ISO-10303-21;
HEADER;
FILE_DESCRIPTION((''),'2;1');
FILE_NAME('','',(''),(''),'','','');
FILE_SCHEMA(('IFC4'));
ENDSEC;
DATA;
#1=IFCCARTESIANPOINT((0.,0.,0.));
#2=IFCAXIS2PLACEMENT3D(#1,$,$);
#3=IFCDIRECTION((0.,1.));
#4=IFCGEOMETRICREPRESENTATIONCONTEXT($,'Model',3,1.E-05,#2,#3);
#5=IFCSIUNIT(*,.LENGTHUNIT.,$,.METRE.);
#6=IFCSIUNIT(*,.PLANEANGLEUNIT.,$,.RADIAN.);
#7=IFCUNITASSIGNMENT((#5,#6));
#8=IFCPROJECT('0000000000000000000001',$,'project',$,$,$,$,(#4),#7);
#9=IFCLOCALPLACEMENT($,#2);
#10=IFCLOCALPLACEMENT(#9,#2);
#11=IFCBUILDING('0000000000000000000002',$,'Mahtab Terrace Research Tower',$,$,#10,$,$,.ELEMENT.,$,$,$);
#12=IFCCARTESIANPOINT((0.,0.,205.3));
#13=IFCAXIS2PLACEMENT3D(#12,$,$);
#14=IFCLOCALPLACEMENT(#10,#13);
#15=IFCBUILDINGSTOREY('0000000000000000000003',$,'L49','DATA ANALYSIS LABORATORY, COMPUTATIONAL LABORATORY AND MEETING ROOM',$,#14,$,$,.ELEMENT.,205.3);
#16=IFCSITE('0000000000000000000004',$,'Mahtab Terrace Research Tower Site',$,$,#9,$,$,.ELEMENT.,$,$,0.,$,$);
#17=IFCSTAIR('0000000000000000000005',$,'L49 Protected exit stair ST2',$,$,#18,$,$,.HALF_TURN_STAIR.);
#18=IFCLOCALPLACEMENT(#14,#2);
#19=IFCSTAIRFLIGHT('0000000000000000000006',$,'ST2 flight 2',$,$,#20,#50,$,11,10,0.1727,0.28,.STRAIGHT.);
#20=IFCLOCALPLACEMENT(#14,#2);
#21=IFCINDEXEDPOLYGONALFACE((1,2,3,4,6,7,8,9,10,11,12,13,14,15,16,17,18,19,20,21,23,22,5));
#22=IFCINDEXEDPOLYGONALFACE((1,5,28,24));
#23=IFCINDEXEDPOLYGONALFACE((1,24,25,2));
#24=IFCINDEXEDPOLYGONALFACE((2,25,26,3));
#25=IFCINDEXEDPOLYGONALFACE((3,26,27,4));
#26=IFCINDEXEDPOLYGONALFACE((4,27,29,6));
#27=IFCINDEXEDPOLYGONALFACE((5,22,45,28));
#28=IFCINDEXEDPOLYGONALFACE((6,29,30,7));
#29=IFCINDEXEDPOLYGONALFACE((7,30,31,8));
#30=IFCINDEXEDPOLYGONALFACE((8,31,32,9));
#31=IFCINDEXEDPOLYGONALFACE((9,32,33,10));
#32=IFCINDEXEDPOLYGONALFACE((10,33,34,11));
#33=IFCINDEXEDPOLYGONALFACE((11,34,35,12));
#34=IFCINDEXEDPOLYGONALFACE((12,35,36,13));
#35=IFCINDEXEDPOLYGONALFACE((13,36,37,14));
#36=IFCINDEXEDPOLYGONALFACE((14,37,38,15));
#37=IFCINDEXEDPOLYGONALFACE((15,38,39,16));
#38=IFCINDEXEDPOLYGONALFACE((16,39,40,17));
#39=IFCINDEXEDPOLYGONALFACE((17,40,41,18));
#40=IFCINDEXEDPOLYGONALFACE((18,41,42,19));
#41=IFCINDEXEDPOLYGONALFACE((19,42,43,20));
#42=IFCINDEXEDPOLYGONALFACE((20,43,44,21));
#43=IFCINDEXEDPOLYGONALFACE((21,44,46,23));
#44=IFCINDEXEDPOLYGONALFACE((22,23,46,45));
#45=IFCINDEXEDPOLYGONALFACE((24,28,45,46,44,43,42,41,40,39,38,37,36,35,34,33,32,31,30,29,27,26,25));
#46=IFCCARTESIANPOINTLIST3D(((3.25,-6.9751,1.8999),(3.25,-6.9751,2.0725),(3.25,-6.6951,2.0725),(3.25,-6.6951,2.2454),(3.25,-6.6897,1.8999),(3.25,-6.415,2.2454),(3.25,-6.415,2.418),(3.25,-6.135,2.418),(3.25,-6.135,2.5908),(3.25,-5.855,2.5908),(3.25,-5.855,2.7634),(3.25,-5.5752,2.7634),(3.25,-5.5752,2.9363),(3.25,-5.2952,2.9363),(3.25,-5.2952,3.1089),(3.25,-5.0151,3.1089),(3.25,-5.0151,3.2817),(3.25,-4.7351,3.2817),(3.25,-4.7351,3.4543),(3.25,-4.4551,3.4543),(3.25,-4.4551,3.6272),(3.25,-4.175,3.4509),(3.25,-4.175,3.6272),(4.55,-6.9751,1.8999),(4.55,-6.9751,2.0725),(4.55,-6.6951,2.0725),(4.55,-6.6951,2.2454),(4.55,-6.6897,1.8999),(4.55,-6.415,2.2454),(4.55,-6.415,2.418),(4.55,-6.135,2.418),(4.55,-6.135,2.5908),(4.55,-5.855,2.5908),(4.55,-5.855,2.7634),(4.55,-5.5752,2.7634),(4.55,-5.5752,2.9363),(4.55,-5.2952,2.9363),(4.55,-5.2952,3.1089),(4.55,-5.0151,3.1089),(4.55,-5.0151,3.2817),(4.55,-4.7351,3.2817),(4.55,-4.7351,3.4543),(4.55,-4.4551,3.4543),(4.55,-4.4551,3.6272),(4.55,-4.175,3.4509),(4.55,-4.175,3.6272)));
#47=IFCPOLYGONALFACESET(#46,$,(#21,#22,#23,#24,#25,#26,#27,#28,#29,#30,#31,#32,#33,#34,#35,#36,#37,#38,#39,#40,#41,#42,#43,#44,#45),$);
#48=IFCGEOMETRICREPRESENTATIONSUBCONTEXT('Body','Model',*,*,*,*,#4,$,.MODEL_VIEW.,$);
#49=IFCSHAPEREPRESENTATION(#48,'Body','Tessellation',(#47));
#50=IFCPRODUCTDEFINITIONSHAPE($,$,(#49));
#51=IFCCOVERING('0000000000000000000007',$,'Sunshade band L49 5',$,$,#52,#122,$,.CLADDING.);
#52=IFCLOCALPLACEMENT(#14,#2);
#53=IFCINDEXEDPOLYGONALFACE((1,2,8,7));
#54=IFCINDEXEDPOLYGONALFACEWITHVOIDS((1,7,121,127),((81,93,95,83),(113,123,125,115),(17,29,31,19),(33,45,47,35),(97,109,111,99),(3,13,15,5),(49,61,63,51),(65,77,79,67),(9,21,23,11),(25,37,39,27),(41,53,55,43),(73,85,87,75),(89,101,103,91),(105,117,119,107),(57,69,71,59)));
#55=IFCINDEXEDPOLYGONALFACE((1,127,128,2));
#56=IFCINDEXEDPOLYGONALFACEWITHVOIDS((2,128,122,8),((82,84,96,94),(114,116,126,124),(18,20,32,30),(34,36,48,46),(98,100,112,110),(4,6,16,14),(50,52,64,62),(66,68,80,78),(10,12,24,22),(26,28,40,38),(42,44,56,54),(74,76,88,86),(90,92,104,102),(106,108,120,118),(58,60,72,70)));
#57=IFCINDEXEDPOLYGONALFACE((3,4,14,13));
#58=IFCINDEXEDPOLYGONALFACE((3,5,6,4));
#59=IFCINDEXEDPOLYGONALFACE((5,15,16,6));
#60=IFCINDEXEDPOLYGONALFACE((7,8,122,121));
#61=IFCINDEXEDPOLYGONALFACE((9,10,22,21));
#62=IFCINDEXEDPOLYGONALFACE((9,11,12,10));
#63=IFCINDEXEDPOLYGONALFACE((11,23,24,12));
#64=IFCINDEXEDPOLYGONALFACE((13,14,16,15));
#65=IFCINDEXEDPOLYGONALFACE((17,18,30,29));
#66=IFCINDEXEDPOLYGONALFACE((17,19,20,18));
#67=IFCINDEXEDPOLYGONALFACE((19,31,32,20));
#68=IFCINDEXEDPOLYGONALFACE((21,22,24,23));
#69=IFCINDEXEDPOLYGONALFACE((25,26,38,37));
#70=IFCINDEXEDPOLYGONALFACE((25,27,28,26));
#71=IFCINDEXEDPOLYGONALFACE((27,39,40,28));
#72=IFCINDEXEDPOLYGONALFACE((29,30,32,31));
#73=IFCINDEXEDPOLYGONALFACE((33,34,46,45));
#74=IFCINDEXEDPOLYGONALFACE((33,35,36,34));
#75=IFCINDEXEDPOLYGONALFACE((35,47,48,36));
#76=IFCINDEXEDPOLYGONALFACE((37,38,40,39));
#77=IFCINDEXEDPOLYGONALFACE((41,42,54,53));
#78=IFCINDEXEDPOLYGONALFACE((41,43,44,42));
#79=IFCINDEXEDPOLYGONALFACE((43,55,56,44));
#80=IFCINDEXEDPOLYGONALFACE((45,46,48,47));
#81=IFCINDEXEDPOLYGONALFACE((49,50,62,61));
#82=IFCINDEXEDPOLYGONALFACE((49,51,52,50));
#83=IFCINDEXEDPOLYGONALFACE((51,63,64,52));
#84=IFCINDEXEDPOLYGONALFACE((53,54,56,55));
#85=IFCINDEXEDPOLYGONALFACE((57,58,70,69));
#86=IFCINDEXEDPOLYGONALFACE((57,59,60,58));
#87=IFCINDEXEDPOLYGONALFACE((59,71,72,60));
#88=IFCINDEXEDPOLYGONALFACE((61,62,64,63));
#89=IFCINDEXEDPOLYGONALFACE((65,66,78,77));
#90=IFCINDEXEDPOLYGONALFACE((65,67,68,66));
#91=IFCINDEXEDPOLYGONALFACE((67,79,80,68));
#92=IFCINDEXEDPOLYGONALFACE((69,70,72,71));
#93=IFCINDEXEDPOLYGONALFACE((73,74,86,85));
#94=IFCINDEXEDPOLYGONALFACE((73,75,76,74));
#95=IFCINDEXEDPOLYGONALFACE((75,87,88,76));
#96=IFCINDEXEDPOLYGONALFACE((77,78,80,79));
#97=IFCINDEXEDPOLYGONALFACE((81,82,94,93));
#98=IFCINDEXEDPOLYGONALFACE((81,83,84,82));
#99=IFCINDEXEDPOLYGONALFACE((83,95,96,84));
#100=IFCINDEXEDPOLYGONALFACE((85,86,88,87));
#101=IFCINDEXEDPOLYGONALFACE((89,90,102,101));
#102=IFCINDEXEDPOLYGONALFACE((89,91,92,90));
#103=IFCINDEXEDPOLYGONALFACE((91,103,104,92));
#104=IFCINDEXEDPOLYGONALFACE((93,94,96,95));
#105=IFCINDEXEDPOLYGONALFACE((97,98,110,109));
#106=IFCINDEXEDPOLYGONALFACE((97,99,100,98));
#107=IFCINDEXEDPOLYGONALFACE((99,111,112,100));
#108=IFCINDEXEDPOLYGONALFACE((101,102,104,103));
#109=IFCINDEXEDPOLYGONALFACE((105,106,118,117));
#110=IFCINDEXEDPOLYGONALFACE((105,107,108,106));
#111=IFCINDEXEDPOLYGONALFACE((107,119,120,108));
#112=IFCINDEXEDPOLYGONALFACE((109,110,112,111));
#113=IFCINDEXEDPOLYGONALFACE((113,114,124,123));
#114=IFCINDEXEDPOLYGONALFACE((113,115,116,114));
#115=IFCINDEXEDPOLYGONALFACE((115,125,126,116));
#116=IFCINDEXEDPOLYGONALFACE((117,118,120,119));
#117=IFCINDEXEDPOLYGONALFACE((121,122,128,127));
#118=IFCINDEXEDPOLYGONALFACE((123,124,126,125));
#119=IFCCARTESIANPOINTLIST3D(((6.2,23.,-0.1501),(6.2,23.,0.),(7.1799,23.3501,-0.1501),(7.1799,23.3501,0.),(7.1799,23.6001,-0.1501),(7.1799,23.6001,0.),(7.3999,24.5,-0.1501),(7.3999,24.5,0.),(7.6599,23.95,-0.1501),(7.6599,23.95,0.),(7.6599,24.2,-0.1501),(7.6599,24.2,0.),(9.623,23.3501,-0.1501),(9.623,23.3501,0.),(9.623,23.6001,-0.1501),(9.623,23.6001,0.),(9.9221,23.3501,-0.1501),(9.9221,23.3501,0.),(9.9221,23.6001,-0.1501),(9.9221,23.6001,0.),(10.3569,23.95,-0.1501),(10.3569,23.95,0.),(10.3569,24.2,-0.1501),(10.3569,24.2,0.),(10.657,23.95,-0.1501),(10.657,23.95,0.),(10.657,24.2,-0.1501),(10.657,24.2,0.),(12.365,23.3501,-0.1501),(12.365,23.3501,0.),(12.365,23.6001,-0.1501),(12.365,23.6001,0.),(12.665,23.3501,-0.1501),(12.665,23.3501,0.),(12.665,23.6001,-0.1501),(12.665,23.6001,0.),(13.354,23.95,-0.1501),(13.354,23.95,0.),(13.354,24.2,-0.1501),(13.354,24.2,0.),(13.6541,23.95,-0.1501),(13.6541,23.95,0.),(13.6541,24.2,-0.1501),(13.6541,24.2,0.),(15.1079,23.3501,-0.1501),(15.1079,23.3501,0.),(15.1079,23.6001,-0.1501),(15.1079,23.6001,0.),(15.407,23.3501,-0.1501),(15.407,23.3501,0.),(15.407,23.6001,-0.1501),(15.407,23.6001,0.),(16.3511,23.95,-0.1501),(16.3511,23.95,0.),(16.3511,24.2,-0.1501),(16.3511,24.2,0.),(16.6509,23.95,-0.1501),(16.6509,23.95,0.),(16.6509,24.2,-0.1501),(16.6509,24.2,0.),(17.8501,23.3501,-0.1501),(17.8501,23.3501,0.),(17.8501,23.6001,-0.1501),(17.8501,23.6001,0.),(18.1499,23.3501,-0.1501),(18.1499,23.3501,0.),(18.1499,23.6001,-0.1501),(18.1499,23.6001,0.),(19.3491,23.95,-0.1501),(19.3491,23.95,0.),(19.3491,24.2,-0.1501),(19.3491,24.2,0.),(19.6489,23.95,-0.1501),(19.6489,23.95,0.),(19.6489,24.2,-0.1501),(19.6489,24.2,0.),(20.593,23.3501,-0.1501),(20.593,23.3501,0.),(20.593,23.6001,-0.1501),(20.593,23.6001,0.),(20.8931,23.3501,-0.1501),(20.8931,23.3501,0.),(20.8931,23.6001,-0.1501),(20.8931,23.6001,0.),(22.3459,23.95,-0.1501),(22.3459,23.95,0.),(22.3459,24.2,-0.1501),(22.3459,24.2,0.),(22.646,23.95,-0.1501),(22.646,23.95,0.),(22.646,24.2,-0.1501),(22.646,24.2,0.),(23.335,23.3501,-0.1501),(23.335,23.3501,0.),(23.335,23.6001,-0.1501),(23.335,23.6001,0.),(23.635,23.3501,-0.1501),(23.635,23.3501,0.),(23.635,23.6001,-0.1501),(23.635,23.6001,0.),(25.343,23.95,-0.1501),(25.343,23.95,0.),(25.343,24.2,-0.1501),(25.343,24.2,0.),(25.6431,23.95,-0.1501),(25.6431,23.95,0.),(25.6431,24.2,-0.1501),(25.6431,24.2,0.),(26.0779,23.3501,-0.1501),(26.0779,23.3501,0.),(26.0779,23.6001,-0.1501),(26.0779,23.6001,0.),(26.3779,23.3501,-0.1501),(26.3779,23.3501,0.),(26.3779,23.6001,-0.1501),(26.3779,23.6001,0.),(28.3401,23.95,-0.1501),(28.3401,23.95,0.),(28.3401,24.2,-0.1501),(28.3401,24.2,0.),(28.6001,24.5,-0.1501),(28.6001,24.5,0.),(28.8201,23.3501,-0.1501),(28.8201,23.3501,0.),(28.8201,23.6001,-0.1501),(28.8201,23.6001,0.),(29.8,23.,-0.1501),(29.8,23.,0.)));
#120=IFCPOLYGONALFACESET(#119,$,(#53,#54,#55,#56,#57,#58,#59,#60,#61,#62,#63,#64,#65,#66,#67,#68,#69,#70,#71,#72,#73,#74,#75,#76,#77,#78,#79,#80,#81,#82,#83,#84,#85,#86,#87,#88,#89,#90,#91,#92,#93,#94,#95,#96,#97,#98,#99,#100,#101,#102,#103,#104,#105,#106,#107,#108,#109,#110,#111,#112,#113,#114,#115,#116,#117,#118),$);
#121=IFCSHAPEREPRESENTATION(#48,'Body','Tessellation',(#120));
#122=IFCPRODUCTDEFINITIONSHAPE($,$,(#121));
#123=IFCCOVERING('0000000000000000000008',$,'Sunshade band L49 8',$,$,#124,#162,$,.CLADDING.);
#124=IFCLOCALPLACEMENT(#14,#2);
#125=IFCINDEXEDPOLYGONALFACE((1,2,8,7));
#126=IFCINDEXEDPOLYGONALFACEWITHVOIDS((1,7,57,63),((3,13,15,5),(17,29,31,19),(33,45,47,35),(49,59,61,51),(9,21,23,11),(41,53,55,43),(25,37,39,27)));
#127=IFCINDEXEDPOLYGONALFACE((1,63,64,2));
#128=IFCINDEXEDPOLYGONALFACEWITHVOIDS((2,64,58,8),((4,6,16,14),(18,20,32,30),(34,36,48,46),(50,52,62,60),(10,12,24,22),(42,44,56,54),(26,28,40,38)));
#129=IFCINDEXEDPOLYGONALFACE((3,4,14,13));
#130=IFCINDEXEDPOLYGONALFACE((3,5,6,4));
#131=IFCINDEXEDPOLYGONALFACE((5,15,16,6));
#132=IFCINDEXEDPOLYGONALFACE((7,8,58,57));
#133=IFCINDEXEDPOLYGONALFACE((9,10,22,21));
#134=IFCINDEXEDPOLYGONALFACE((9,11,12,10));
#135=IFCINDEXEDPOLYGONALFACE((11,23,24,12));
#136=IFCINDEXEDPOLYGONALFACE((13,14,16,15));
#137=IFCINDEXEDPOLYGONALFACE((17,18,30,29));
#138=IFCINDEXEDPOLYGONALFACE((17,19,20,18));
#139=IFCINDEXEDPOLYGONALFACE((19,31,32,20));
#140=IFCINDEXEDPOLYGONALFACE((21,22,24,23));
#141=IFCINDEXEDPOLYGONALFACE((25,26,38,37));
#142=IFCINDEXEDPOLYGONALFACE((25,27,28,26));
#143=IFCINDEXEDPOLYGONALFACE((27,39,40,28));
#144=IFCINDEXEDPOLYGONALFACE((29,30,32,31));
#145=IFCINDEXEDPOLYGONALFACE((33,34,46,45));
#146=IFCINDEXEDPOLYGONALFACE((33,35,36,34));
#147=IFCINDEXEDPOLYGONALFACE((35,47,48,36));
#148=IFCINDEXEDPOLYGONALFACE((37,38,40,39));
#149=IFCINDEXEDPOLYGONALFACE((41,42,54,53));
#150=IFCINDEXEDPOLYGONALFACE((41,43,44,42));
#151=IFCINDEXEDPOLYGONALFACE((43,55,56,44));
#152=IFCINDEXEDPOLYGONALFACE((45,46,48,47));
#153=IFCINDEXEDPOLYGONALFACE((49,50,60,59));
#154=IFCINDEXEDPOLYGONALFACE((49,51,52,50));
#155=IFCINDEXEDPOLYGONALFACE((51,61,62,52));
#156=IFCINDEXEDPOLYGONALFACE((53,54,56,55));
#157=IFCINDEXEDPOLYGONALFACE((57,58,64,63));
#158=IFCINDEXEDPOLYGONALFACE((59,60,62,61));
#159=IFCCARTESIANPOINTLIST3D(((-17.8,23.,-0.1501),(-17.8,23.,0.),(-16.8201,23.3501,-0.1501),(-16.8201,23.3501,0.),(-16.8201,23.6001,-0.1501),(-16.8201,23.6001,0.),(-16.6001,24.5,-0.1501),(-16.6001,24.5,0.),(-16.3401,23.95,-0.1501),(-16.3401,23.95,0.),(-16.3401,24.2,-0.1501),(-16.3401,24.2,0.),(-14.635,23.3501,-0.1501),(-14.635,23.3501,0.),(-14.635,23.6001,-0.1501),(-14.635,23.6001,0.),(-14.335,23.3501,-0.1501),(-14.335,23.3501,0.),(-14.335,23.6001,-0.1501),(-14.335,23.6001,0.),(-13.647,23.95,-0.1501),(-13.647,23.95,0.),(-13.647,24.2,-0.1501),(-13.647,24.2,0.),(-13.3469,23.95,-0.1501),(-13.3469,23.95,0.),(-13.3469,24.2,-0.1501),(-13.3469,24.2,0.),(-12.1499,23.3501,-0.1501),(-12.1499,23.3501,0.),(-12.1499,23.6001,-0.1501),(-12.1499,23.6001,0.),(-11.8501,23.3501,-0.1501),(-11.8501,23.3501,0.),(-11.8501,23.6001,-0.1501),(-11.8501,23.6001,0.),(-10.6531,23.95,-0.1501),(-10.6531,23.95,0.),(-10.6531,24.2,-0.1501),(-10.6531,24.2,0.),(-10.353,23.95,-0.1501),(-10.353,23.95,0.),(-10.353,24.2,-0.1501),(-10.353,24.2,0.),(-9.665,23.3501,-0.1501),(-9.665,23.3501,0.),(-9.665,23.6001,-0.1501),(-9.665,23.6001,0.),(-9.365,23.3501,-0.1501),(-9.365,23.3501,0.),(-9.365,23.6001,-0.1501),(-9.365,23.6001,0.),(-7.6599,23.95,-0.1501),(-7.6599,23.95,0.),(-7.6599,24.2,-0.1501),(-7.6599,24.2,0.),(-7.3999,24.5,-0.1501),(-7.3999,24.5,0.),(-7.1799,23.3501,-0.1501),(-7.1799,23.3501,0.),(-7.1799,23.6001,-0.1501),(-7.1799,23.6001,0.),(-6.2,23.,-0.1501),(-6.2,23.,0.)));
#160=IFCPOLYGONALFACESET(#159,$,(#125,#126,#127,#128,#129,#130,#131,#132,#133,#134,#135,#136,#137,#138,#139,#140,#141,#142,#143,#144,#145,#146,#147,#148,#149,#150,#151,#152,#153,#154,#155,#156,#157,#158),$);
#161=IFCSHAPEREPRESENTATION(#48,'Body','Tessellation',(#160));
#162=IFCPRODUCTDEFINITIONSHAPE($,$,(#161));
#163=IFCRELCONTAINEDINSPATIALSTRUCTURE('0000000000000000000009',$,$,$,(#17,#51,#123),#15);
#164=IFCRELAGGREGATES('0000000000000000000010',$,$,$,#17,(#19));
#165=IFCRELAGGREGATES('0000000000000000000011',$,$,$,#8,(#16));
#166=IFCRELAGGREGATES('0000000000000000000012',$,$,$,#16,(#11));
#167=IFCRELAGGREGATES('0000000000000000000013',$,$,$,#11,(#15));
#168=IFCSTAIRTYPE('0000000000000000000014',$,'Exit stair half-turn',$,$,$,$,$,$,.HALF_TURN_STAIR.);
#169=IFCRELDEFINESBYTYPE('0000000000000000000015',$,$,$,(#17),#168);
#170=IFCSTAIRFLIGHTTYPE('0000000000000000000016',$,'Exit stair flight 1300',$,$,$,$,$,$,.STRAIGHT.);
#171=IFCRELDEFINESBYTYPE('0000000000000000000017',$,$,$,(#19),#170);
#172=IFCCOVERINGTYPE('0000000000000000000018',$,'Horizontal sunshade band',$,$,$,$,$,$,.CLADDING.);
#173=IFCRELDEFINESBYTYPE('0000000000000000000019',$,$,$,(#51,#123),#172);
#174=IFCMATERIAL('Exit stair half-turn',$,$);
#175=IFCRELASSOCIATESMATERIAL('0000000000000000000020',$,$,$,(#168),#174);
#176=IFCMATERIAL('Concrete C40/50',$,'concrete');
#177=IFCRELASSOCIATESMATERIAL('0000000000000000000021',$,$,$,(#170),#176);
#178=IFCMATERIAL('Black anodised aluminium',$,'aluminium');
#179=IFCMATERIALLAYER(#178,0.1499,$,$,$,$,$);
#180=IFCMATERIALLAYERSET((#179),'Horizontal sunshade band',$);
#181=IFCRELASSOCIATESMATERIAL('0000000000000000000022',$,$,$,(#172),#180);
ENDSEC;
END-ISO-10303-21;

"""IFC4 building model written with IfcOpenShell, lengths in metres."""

from ifc_helpers import new_model, si_unit, direction, frame, origin, place, context, subcontext, project, spatial, polyline, outline, extrude, material, layer, layer_set, type_object, element, aggregate, save


model = new_model("IFC4")

# Units and contexts
model_context = context("Model", 3, precision=1e-05, world=origin(), true_north=direction((0.0, 1.0)))
body_context = subcontext(model_context, "Body", "Model", "MODEL_VIEW")
ifc_project = project(units=[si_unit("LENGTHUNIT", "METRE"), si_unit("PLANEANGLEUNIT", "RADIAN")], contexts=[model_context])

# Site, building, storey
site_placement = place(None, origin())
site = spatial("IfcSite", under=ifc_project, at=site_placement, Name="Mahtab Terrace Research Tower Site", CompositionType="ELEMENT", RefElevation=0.0)
building_placement = place(site_placement, origin())
building = spatial("IfcBuilding", under=site, at=building_placement, Name="Mahtab Terrace Research Tower", CompositionType="ELEMENT")
storey_placement = place(building_placement, frame((0.0, 0.0, 205.3)))
storey = spatial("IfcBuildingStorey", under=building, at=storey_placement, Name="L49", Description="DATA ANALYSIS LABORATORY, COMPUTATIONAL LABORATORY AND MEETING ROOM", CompositionType="ELEMENT", Elevation=205.3)

# Shared definitions
ifc_material_1 = material(Name="Concrete C40/50", Category="concrete")

# Stair, stair flight
ifc_material_2 = material(Name="Exit stair half-turn")
stair_type = type_object("IfcStairType", Name="Exit stair half-turn", PredefinedType="HALF_TURN_STAIR", material=ifc_material_2)
stair_placement = place(storey_placement, origin())
stair = element("IfcStair", 1, at=stair_placement, inside=storey, type_object=stair_type, Name="L49 Protected exit stair ST2", PredefinedType="HALF_TURN_STAIR")
stair_flight_type = type_object("IfcStairFlightType", Name="Exit stair flight 1300", PredefinedType="STRAIGHT", material=ifc_material_1)
stair_flight_1_placement = place(storey_placement, frame((3.8999, -6.9751, 1.8999), z_axis=(0.0, 0.0, 1.0), x_axis=(0.0, 1.0, 0.0)))
stair_flight_1 = element("IfcStairFlight", 2, at=stair_flight_1_placement, type_object=stair_flight_type, Name="ST2 flight 2", NumberOfRisers=11, NumberOfTreads=10, PredefinedType="STRAIGHT", RiserHeight=0.1727, TreadLength=0.28, context=body_context, shape_type="SweptSolid", body=[
    extrude(outline(polyline([(0.0, 0.0), (0.0, 0.1726), (0.28, 0.1726), (0.28, 0.3455), (0.5601, 0.3455), (0.5601, 0.5181), (0.8401, 0.5181), (0.8401, 0.6909), (1.1201, 0.6909), (1.1201, 0.8635), (1.3999, 0.8635), (1.3999, 1.0364), (1.6799, 1.0364), (1.6799, 1.209), (1.96, 1.209), (1.96, 1.3818), (2.24, 1.3818), (2.24, 1.5544), (2.52, 1.5544), (2.52, 1.7273), (2.8, 1.7273), (2.8, 1.8999), (2.8, 1.551), (0.2854, 0.0), (0.0, 0.0)])), frame((0.0, 0.6499, 0.0), z_axis=(0.0, -1.0, 0.0), x_axis=(1.0, 0.0, 0.0)), (0.0, 0.0, 1.0), 1.3),
])
aggregate(stair, [stair_flight_1])

# Coverings
ifc_material_3 = material(Name="Black anodised aluminium", Category="aluminium")
ifc_layer_1 = layer(ifc_material_3, 0.1499)
ifc_layer_set_1 = layer_set([ifc_layer_1], Name="Horizontal sunshade band")
covering_type = type_object("IfcCoveringType", Name="Horizontal sunshade band", PredefinedType="CLADDING", material=ifc_layer_set_1)
covering_1_placement = place(storey_placement, frame((0.0, 0.0, -0.1501)))
element("IfcCovering", 3, at=covering_1_placement, inside=storey, type_object=covering_type, Name="Sunshade band L49 5", PredefinedType="CLADDING", context=body_context, shape_type="SweptSolid", body=[
    extrude(outline(polyline([(29.8, 23.0), (6.2, 23.0), (7.3999, 24.5), (28.6001, 24.5), (29.8, 23.0)]), holes=[polyline([(28.8201, 23.3501), (26.3779, 23.3501), (26.3779, 23.6001), (28.8201, 23.6001), (28.8201, 23.3501)]), polyline([(26.0779, 23.3501), (23.635, 23.3501), (23.635, 23.6001), (26.0779, 23.6001), (26.0779, 23.3501)]), polyline([(23.335, 23.3501), (20.8931, 23.3501), (20.8931, 23.6001), (23.335, 23.6001), (23.335, 23.3501)]), polyline([(20.593, 23.3501), (18.1499, 23.3501), (18.1499, 23.6001), (20.593, 23.6001), (20.593, 23.3501)]), polyline([(17.8501, 23.3501), (15.407, 23.3501), (15.407, 23.6001), (17.8501, 23.6001), (17.8501, 23.3501)]), polyline([(15.1079, 23.3501), (12.665, 23.3501), (12.665, 23.6001), (15.1079, 23.6001), (15.1079, 23.3501)]), polyline([(12.365, 23.3501), (9.9221, 23.3501), (9.9221, 23.6001), (12.365, 23.6001), (12.365, 23.3501)]), polyline([(9.623, 23.3501), (7.1799, 23.3501), (7.1799, 23.6001), (9.623, 23.6001), (9.623, 23.3501)]), polyline([(28.3401, 23.95), (25.6431, 23.95), (25.6431, 24.2), (28.3401, 24.2), (28.3401, 23.95)]), polyline([(25.343, 23.95), (22.646, 23.95), (22.646, 24.2), (25.343, 24.2), (25.343, 23.95)]), polyline([(22.3459, 23.95), (19.6489, 23.95), (19.6489, 24.2), (22.3459, 24.2), (22.3459, 23.95)]), polyline([(19.3491, 23.95), (16.6509, 23.95), (16.6509, 24.2), (19.3491, 24.2), (19.3491, 23.95)]), polyline([(16.3511, 23.95), (13.6541, 23.95), (13.6541, 24.2), (16.3511, 24.2), (16.3511, 23.95)]), polyline([(13.354, 23.95), (10.657, 23.95), (10.657, 24.2), (13.354, 24.2), (13.354, 23.95)]), polyline([(10.3569, 23.95), (7.6599, 23.95), (7.6599, 24.2), (10.3569, 24.2), (10.3569, 23.95)])]), origin(), (0.0, 0.0, 1.0), 0.1501),
])
covering_2_placement = place(storey_placement, frame((0.0, 0.0, -0.1501)))
element("IfcCovering", 4, at=covering_2_placement, inside=storey, type_object=covering_type, Name="Sunshade band L49 8", PredefinedType="CLADDING", context=body_context, shape_type="SweptSolid", body=[
    extrude(outline(polyline([(-6.2, 23.0), (-17.8, 23.0), (-16.6001, 24.5), (-7.3999, 24.5), (-6.2, 23.0)]), holes=[polyline([(-7.1799, 23.3501), (-9.365, 23.3501), (-9.365, 23.6001), (-7.1799, 23.6001), (-7.1799, 23.3501)]), polyline([(-9.665, 23.3501), (-11.8501, 23.3501), (-11.8501, 23.6001), (-9.665, 23.6001), (-9.665, 23.3501)]), polyline([(-12.1499, 23.3501), (-14.335, 23.3501), (-14.335, 23.6001), (-12.1499, 23.6001), (-12.1499, 23.3501)]), polyline([(-14.635, 23.3501), (-16.8201, 23.3501), (-16.8201, 23.6001), (-14.635, 23.6001), (-14.635, 23.3501)]), polyline([(-7.6599, 23.95), (-10.353, 23.95), (-10.353, 24.2), (-7.6599, 24.2), (-7.6599, 23.95)]), polyline([(-10.6531, 23.95), (-13.3469, 23.95), (-13.3469, 24.2), (-10.6531, 24.2), (-10.6531, 23.95)]), polyline([(-13.647, 23.95), (-16.3401, 23.95), (-16.3401, 24.2), (-13.647, 24.2), (-13.647, 23.95)])]), origin(), (0.0, 0.0, 1.0), 0.1501),
])

save(model, "model.ifc")
